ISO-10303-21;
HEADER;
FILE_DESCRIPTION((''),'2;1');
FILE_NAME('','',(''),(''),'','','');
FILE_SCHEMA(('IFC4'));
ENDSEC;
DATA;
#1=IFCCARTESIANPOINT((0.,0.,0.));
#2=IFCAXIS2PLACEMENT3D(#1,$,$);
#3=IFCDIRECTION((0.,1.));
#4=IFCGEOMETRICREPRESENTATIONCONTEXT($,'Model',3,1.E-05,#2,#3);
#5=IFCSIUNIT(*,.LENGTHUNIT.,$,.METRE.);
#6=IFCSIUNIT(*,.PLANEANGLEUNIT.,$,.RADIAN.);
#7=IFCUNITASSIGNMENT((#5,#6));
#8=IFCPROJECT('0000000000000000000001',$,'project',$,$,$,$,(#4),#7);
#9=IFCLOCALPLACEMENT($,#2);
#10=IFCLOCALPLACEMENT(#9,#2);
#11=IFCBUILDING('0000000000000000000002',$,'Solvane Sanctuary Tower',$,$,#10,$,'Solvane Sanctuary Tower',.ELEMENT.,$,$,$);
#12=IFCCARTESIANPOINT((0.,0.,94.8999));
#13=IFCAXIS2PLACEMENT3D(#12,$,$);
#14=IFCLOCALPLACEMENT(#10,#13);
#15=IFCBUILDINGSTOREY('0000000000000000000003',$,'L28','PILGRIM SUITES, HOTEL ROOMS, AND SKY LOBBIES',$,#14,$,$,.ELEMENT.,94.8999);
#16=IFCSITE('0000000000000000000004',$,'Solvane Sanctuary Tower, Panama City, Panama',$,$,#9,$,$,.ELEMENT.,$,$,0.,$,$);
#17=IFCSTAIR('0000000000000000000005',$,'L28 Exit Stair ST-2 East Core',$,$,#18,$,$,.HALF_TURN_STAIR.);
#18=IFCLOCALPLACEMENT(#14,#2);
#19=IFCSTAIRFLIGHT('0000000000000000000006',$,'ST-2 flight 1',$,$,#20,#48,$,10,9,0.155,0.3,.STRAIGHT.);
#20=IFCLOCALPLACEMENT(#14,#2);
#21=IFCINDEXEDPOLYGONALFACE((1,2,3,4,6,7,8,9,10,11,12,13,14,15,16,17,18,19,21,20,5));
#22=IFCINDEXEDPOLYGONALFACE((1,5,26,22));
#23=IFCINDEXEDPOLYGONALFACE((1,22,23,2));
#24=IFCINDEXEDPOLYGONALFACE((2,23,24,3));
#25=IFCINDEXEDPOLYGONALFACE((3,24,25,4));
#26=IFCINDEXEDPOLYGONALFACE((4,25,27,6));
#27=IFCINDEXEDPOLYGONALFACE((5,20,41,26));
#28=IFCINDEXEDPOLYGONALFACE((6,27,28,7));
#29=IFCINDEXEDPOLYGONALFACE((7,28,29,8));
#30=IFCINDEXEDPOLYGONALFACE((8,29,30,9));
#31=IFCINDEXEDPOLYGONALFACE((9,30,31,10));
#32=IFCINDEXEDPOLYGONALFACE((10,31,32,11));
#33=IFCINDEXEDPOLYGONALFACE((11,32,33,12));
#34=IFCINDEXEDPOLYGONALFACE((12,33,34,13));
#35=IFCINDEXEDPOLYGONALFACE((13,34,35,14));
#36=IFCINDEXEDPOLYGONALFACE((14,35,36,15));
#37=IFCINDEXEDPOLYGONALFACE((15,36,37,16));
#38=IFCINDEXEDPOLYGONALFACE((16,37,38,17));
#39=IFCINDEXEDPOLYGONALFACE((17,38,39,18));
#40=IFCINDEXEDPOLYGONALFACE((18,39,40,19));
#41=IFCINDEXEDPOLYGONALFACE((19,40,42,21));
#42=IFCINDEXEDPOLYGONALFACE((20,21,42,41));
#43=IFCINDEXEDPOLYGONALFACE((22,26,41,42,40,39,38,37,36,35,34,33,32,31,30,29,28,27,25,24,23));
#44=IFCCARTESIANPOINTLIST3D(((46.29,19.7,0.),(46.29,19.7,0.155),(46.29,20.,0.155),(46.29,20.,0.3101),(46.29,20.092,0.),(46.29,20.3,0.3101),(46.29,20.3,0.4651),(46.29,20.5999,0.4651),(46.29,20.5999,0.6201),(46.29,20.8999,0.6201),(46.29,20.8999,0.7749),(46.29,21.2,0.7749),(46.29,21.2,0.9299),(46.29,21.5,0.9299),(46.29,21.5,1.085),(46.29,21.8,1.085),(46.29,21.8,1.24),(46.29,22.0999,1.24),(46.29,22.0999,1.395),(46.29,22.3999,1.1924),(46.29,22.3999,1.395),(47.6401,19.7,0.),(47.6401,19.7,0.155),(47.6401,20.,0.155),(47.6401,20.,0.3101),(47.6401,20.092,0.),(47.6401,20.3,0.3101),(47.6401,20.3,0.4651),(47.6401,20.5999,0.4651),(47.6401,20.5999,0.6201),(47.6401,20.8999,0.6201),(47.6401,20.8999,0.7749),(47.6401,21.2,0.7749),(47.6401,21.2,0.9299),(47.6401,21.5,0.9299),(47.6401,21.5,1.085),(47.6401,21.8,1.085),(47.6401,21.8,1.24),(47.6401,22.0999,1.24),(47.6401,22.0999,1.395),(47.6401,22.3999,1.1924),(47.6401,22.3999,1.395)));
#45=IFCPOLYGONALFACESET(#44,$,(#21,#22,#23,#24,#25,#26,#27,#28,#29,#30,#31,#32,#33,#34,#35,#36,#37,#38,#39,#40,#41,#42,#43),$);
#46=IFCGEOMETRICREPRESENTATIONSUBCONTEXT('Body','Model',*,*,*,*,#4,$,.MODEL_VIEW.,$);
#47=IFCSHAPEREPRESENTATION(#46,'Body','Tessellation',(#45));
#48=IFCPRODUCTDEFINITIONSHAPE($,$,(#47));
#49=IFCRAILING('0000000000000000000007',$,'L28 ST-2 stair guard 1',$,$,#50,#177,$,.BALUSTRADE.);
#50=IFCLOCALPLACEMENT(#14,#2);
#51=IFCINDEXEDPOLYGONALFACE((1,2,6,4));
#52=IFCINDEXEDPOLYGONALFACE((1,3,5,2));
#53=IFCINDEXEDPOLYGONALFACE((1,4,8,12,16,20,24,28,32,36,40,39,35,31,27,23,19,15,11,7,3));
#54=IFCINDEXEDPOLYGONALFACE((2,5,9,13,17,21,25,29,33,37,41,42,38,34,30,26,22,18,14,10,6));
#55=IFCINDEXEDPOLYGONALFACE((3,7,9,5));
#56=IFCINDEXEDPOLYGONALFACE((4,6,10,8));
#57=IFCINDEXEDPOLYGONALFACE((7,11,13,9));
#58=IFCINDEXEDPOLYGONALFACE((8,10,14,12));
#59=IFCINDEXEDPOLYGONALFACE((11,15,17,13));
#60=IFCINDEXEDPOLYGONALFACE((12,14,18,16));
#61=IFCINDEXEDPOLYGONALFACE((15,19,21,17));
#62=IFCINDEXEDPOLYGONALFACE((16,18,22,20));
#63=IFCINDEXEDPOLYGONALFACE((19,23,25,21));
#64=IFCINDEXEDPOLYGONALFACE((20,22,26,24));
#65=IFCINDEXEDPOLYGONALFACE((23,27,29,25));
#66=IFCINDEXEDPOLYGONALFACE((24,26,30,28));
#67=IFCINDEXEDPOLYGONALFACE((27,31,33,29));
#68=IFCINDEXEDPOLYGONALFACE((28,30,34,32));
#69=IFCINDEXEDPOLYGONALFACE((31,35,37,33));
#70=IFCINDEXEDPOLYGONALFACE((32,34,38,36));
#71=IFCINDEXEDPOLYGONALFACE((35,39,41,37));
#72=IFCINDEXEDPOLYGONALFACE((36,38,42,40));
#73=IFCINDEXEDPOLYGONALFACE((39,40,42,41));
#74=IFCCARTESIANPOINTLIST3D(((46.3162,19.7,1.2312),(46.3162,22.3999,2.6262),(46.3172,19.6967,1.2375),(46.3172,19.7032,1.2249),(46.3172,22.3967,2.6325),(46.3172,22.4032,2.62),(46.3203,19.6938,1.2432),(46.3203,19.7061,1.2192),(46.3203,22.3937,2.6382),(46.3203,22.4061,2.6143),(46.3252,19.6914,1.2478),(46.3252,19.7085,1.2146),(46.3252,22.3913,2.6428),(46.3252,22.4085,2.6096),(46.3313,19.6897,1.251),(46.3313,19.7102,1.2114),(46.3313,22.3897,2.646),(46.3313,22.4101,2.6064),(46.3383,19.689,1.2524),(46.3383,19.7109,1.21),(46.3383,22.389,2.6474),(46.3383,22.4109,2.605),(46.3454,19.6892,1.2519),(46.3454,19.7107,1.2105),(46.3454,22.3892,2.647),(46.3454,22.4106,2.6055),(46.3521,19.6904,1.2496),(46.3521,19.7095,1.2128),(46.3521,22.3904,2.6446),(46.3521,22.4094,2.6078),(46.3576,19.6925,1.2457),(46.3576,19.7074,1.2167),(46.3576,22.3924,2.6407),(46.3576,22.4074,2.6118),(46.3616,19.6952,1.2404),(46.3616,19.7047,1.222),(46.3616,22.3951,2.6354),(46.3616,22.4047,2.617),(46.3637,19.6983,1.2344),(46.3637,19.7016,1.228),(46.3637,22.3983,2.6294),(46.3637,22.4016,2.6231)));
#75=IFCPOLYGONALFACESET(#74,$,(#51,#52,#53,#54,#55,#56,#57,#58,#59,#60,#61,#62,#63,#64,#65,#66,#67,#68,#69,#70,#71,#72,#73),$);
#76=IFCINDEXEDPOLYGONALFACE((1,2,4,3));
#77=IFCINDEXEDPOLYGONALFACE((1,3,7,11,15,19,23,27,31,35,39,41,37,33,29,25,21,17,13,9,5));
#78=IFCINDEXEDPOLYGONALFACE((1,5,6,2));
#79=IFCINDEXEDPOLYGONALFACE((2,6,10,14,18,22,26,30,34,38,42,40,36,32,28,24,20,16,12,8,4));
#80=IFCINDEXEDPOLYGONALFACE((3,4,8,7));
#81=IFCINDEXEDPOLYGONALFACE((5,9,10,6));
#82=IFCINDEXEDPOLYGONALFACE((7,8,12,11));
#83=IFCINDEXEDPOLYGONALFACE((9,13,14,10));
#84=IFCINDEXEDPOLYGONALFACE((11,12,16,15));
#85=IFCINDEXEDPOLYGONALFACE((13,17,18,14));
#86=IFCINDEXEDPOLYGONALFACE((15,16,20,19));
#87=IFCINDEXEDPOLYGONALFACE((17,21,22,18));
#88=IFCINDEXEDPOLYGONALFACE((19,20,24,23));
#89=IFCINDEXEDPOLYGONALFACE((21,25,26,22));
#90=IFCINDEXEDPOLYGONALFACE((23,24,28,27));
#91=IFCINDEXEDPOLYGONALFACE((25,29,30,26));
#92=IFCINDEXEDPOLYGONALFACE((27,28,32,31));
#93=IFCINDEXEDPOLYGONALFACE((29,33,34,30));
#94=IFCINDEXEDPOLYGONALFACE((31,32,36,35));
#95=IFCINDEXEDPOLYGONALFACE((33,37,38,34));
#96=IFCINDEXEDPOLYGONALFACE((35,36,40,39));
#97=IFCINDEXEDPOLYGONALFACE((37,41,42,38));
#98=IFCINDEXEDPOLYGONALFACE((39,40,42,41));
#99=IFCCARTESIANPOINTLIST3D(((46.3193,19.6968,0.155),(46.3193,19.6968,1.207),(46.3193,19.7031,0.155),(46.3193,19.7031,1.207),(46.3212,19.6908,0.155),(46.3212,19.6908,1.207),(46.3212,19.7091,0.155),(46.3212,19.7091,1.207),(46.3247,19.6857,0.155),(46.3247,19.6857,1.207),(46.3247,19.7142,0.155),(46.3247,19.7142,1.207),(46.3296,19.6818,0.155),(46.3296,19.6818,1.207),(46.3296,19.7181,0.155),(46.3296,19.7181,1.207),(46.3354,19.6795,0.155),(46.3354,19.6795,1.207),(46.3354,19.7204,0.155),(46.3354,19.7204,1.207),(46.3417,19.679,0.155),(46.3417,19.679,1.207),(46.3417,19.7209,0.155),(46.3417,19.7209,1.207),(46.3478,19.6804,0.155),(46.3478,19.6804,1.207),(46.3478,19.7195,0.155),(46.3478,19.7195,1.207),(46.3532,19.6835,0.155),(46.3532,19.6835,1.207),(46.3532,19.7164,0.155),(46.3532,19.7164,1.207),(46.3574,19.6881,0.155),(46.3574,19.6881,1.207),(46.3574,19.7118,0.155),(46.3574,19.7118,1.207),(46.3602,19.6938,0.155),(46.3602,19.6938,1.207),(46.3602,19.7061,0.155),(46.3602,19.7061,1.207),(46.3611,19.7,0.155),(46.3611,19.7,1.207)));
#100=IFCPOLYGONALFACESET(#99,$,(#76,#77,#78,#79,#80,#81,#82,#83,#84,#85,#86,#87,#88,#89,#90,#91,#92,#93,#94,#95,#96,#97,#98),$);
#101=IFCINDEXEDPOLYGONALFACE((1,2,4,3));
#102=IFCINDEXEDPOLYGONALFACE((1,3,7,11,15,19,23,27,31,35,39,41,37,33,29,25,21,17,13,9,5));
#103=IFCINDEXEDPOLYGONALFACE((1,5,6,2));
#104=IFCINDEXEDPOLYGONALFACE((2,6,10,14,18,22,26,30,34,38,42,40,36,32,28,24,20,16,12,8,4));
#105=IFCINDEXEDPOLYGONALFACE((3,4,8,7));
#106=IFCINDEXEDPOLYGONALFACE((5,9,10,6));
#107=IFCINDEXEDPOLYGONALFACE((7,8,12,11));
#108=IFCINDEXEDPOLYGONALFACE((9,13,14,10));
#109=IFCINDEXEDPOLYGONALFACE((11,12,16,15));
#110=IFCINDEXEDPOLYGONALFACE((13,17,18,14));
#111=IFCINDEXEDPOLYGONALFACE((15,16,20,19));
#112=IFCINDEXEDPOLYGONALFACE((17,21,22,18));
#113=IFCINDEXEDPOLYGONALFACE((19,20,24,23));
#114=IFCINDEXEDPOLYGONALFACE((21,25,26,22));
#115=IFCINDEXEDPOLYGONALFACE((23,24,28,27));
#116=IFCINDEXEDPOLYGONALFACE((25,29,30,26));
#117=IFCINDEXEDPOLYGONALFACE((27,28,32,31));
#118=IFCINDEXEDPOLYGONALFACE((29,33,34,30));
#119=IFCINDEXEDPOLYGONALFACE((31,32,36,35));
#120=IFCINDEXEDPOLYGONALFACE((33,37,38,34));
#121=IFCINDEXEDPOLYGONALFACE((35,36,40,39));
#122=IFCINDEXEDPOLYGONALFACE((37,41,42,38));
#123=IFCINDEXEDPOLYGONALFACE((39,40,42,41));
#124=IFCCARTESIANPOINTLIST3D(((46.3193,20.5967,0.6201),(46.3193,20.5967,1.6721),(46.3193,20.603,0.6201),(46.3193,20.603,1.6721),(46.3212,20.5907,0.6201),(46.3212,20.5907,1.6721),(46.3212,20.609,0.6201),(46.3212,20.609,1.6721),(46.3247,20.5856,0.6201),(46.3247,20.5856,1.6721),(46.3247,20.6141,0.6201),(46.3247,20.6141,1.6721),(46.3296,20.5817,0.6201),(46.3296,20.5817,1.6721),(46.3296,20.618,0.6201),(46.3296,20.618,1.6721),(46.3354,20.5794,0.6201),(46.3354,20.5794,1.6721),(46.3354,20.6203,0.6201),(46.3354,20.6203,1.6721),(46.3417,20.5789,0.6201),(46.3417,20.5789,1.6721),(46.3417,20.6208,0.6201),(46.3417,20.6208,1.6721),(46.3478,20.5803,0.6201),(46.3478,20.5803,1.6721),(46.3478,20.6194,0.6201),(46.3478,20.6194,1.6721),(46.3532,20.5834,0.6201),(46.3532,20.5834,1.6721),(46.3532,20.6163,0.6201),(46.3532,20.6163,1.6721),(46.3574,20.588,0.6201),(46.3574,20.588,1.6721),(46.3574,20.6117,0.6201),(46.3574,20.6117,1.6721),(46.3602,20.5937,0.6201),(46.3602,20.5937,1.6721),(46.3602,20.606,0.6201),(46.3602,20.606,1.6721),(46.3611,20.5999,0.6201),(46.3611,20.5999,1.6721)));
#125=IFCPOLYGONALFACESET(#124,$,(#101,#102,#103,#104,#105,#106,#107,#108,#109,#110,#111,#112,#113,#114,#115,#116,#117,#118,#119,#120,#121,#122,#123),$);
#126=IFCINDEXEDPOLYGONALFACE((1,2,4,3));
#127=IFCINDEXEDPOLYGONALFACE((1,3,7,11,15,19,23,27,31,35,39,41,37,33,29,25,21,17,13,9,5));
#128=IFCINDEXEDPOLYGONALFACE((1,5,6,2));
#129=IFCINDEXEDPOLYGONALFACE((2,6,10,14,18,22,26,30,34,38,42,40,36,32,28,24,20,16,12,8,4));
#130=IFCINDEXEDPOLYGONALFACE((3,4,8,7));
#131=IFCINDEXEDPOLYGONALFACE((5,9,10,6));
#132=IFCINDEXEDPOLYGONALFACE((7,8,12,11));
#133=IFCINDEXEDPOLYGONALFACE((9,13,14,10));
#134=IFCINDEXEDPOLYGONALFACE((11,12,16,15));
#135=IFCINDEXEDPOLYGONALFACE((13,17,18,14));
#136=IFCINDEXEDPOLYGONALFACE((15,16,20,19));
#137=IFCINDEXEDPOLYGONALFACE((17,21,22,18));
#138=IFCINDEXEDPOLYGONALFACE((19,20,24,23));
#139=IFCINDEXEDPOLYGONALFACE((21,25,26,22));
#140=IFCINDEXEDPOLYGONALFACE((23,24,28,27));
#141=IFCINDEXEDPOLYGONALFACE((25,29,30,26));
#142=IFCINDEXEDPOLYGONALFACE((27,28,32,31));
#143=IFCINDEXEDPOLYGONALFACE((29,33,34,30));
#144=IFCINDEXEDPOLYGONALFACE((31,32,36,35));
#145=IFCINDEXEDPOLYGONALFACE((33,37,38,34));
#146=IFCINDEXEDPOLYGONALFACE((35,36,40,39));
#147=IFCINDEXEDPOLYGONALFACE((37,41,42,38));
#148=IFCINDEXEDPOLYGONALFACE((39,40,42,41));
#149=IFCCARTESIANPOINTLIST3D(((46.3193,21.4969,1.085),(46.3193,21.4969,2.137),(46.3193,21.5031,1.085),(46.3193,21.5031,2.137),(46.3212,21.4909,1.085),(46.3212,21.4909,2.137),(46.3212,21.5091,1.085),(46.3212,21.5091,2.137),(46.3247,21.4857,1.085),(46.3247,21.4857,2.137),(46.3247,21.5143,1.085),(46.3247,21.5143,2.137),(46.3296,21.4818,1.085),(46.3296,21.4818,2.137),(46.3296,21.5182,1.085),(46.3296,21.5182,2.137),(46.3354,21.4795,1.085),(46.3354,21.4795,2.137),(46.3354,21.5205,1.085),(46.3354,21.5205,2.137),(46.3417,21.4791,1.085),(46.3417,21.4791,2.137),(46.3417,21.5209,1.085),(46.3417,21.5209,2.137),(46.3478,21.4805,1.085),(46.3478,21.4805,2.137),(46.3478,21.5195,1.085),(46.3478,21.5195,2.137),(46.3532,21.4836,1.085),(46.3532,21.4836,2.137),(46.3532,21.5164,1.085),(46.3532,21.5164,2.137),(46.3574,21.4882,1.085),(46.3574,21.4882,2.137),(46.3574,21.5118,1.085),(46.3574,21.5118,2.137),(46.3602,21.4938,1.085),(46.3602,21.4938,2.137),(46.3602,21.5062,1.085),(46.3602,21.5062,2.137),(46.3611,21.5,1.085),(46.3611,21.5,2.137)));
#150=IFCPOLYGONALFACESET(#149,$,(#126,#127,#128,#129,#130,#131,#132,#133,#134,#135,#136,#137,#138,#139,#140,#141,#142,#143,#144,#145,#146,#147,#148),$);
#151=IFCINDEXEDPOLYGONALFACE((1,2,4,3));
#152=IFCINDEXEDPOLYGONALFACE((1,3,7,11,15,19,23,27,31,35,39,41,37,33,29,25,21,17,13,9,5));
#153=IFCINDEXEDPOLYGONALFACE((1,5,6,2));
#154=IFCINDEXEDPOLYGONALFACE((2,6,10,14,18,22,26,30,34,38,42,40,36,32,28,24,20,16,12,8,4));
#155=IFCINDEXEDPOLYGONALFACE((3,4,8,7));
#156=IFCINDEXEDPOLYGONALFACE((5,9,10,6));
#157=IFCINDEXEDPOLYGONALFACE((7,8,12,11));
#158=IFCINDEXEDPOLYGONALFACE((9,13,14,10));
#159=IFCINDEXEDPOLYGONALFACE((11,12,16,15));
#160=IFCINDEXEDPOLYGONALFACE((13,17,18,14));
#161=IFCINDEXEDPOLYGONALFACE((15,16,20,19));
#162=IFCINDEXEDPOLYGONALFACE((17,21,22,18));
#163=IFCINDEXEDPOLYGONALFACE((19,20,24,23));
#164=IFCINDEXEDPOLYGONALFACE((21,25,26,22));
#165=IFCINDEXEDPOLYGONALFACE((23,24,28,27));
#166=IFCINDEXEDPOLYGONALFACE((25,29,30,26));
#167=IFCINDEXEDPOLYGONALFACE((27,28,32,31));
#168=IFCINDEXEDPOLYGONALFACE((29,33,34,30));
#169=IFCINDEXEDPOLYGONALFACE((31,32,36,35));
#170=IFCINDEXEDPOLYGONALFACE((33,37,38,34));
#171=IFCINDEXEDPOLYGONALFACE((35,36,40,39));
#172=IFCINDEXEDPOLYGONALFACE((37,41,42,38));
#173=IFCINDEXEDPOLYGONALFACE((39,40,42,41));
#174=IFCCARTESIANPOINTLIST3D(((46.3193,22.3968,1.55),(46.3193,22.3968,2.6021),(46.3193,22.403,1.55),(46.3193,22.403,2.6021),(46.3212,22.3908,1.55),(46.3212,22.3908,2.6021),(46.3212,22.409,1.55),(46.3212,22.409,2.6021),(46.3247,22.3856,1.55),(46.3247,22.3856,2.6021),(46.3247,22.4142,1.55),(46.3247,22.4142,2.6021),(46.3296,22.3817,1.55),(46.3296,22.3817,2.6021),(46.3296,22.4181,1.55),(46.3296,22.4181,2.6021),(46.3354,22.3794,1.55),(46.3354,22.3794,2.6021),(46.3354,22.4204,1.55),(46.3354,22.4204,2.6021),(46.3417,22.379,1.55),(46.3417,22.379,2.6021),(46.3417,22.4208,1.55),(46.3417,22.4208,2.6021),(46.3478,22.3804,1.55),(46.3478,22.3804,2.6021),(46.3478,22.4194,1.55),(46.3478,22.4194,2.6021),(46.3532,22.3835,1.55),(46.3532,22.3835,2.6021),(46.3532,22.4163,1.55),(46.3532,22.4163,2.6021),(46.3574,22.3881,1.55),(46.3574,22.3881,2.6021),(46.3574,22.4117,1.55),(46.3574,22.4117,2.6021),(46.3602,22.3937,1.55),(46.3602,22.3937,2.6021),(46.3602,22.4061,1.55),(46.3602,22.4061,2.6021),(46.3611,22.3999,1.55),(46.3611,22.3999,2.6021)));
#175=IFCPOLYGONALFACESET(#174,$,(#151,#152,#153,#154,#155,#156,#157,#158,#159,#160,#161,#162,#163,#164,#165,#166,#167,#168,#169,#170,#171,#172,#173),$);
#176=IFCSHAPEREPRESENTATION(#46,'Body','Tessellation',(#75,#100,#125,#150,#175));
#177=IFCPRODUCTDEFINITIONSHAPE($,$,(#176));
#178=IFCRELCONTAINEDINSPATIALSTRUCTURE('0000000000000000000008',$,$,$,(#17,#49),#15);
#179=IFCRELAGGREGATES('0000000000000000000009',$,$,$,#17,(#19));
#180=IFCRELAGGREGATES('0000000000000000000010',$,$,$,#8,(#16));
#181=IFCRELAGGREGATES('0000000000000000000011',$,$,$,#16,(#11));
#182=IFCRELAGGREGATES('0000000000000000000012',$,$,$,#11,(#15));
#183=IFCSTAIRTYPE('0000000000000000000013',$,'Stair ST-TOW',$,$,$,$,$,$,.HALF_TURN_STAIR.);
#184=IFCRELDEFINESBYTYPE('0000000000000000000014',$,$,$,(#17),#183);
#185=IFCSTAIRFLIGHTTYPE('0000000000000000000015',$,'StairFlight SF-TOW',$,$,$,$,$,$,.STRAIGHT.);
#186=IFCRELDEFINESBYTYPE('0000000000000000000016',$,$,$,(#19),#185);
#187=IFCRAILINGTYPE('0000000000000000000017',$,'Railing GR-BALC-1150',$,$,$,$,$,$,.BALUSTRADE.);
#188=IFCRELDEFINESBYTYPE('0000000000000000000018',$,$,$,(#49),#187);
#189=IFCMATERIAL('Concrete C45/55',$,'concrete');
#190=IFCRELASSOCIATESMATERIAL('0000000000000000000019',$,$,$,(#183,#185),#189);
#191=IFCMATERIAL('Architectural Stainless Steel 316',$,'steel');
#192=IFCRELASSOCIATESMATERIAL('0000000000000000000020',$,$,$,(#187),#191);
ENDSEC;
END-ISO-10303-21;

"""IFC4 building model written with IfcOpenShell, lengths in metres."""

from ifc_helpers import new_model, si_unit, direction, frame, origin, origin_2d, place, context, subcontext, project, spatial, polyline, circle, outline, extrude, material, type_object, element, aggregate, save


model = new_model("IFC4")

# Units and contexts
model_context = context("Model", 3, precision=1e-05, world=origin(), true_north=direction((0.0, 1.0)))
body_context = subcontext(model_context, "Body", "Model", "MODEL_VIEW")
ifc_project = project(units=[si_unit("LENGTHUNIT", "METRE"), si_unit("PLANEANGLEUNIT", "RADIAN")], contexts=[model_context])

# Site, building, storey
site_placement = place(None, origin())
site = spatial("IfcSite", under=ifc_project, at=site_placement, Name="Solvane Sanctuary Tower, Panama City, Panama", CompositionType="ELEMENT", RefElevation=0.0)
building_placement = place(site_placement, origin())
building = spatial("IfcBuilding", under=site, at=building_placement, Name="Solvane Sanctuary Tower", LongName="Solvane Sanctuary Tower", CompositionType="ELEMENT")
storey_placement = place(building_placement, frame((0.0, 0.0, 94.8999)))
storey = spatial("IfcBuildingStorey", under=building, at=storey_placement, Name="L28", Description="PILGRIM SUITES, HOTEL ROOMS, AND SKY LOBBIES", CompositionType="ELEMENT", Elevation=94.8999)

# Shared definitions
ifc_material_1 = material(Name="Architectural Stainless Steel 316", Category="steel")

# Stair, stair flight
ifc_material_2 = material(Name="Concrete C45/55", Category="concrete")
stair_type = type_object("IfcStairType", Name="Stair ST-TOW", PredefinedType="HALF_TURN_STAIR", material=ifc_material_2)
stair_placement = place(storey_placement, origin())
stair = element("IfcStair", 1, at=stair_placement, inside=storey, type_object=stair_type, Name="L28 Exit Stair ST-2 East Core", PredefinedType="HALF_TURN_STAIR")
stair_flight_type = type_object("IfcStairFlightType", Name="StairFlight SF-TOW", PredefinedType="STRAIGHT", material=ifc_material_2)
stair_flight_placement = place(storey_placement, frame((46.9651, 19.7, 0.0), z_axis=(0.0, 0.0, 1.0), x_axis=(0.0, 1.0, 0.0)))
stair_flight = element("IfcStairFlight", 2, at=stair_flight_placement, type_object=stair_flight_type, Name="ST-2 flight 1", NumberOfRisers=10, NumberOfTreads=9, PredefinedType="STRAIGHT", RiserHeight=0.155, TreadLength=0.3, context=body_context, shape_type="SweptSolid", body=[
    extrude(outline(polyline([(0.0, 0.0), (0.0, 0.155), (0.3, 0.155), (0.3, 0.3101), (0.6001, 0.3101), (0.6001, 0.4651), (0.8999, 0.4651), (0.8999, 0.6201), (1.2, 0.6201), (1.2, 0.7749), (1.5, 0.7749), (1.5, 0.9299), (1.8, 0.9299), (1.8, 1.085), (2.1001, 1.085), (2.1001, 1.24), (2.3999, 1.24), (2.3999, 1.395), (2.7, 1.395), (2.7, 1.55), (2.7, 1.1924), (0.3921, 0.0), (0.0, 0.0)])), frame((0.0, 0.675, 0.0), z_axis=(0.0, -1.0, 0.0), x_axis=(1.0, 0.0, 0.0)), (0.0, 0.0, 1.0), 1.3501),
])
aggregate(stair, [stair_flight])

# Railing
railing_type_1 = type_object("IfcRailingType", Name="Railing GR-BALC-1150", PredefinedType="BALUSTRADE", material=ifc_material_1)
railing_1_placement = place(storey_placement, frame((46.3401, 19.7, 0.155)))
element("IfcRailing", 3, at=railing_1_placement, inside=storey, type_object=railing_type_1, Name="L28 ST-2 stair guard 1", PredefinedType="BALUSTRADE", context=body_context, shape_type="SweptSolid", body=[
    extrude(circle(Radius=0.0239, at=origin_2d()), frame((0.0, 0.0, 1.0762), z_axis=(0.0, 0.88842, 0.459032), x_axis=(-1.0, 0.0, 0.0)), (0.0, 0.0, 1.0), 3.0391),
    extrude(circle(Radius=0.021, at=origin_2d()), origin(), (0.0, 0.0, 1.0), 1.052),
    extrude(circle(Radius=0.021, at=origin_2d()), frame((0.0, 0.8999, 0.4651)), (0.0, 0.0, 1.0), 1.052),
    extrude(circle(Radius=0.021, at=origin_2d()), frame((0.0, 1.8, 0.9299)), (0.0, 0.0, 1.0), 1.052),
    extrude(circle(Radius=0.021, at=origin_2d()), frame((0.0, 2.7, 1.395)), (0.0, 0.0, 1.0), 1.052),
])

save(model, "model.ifc")
